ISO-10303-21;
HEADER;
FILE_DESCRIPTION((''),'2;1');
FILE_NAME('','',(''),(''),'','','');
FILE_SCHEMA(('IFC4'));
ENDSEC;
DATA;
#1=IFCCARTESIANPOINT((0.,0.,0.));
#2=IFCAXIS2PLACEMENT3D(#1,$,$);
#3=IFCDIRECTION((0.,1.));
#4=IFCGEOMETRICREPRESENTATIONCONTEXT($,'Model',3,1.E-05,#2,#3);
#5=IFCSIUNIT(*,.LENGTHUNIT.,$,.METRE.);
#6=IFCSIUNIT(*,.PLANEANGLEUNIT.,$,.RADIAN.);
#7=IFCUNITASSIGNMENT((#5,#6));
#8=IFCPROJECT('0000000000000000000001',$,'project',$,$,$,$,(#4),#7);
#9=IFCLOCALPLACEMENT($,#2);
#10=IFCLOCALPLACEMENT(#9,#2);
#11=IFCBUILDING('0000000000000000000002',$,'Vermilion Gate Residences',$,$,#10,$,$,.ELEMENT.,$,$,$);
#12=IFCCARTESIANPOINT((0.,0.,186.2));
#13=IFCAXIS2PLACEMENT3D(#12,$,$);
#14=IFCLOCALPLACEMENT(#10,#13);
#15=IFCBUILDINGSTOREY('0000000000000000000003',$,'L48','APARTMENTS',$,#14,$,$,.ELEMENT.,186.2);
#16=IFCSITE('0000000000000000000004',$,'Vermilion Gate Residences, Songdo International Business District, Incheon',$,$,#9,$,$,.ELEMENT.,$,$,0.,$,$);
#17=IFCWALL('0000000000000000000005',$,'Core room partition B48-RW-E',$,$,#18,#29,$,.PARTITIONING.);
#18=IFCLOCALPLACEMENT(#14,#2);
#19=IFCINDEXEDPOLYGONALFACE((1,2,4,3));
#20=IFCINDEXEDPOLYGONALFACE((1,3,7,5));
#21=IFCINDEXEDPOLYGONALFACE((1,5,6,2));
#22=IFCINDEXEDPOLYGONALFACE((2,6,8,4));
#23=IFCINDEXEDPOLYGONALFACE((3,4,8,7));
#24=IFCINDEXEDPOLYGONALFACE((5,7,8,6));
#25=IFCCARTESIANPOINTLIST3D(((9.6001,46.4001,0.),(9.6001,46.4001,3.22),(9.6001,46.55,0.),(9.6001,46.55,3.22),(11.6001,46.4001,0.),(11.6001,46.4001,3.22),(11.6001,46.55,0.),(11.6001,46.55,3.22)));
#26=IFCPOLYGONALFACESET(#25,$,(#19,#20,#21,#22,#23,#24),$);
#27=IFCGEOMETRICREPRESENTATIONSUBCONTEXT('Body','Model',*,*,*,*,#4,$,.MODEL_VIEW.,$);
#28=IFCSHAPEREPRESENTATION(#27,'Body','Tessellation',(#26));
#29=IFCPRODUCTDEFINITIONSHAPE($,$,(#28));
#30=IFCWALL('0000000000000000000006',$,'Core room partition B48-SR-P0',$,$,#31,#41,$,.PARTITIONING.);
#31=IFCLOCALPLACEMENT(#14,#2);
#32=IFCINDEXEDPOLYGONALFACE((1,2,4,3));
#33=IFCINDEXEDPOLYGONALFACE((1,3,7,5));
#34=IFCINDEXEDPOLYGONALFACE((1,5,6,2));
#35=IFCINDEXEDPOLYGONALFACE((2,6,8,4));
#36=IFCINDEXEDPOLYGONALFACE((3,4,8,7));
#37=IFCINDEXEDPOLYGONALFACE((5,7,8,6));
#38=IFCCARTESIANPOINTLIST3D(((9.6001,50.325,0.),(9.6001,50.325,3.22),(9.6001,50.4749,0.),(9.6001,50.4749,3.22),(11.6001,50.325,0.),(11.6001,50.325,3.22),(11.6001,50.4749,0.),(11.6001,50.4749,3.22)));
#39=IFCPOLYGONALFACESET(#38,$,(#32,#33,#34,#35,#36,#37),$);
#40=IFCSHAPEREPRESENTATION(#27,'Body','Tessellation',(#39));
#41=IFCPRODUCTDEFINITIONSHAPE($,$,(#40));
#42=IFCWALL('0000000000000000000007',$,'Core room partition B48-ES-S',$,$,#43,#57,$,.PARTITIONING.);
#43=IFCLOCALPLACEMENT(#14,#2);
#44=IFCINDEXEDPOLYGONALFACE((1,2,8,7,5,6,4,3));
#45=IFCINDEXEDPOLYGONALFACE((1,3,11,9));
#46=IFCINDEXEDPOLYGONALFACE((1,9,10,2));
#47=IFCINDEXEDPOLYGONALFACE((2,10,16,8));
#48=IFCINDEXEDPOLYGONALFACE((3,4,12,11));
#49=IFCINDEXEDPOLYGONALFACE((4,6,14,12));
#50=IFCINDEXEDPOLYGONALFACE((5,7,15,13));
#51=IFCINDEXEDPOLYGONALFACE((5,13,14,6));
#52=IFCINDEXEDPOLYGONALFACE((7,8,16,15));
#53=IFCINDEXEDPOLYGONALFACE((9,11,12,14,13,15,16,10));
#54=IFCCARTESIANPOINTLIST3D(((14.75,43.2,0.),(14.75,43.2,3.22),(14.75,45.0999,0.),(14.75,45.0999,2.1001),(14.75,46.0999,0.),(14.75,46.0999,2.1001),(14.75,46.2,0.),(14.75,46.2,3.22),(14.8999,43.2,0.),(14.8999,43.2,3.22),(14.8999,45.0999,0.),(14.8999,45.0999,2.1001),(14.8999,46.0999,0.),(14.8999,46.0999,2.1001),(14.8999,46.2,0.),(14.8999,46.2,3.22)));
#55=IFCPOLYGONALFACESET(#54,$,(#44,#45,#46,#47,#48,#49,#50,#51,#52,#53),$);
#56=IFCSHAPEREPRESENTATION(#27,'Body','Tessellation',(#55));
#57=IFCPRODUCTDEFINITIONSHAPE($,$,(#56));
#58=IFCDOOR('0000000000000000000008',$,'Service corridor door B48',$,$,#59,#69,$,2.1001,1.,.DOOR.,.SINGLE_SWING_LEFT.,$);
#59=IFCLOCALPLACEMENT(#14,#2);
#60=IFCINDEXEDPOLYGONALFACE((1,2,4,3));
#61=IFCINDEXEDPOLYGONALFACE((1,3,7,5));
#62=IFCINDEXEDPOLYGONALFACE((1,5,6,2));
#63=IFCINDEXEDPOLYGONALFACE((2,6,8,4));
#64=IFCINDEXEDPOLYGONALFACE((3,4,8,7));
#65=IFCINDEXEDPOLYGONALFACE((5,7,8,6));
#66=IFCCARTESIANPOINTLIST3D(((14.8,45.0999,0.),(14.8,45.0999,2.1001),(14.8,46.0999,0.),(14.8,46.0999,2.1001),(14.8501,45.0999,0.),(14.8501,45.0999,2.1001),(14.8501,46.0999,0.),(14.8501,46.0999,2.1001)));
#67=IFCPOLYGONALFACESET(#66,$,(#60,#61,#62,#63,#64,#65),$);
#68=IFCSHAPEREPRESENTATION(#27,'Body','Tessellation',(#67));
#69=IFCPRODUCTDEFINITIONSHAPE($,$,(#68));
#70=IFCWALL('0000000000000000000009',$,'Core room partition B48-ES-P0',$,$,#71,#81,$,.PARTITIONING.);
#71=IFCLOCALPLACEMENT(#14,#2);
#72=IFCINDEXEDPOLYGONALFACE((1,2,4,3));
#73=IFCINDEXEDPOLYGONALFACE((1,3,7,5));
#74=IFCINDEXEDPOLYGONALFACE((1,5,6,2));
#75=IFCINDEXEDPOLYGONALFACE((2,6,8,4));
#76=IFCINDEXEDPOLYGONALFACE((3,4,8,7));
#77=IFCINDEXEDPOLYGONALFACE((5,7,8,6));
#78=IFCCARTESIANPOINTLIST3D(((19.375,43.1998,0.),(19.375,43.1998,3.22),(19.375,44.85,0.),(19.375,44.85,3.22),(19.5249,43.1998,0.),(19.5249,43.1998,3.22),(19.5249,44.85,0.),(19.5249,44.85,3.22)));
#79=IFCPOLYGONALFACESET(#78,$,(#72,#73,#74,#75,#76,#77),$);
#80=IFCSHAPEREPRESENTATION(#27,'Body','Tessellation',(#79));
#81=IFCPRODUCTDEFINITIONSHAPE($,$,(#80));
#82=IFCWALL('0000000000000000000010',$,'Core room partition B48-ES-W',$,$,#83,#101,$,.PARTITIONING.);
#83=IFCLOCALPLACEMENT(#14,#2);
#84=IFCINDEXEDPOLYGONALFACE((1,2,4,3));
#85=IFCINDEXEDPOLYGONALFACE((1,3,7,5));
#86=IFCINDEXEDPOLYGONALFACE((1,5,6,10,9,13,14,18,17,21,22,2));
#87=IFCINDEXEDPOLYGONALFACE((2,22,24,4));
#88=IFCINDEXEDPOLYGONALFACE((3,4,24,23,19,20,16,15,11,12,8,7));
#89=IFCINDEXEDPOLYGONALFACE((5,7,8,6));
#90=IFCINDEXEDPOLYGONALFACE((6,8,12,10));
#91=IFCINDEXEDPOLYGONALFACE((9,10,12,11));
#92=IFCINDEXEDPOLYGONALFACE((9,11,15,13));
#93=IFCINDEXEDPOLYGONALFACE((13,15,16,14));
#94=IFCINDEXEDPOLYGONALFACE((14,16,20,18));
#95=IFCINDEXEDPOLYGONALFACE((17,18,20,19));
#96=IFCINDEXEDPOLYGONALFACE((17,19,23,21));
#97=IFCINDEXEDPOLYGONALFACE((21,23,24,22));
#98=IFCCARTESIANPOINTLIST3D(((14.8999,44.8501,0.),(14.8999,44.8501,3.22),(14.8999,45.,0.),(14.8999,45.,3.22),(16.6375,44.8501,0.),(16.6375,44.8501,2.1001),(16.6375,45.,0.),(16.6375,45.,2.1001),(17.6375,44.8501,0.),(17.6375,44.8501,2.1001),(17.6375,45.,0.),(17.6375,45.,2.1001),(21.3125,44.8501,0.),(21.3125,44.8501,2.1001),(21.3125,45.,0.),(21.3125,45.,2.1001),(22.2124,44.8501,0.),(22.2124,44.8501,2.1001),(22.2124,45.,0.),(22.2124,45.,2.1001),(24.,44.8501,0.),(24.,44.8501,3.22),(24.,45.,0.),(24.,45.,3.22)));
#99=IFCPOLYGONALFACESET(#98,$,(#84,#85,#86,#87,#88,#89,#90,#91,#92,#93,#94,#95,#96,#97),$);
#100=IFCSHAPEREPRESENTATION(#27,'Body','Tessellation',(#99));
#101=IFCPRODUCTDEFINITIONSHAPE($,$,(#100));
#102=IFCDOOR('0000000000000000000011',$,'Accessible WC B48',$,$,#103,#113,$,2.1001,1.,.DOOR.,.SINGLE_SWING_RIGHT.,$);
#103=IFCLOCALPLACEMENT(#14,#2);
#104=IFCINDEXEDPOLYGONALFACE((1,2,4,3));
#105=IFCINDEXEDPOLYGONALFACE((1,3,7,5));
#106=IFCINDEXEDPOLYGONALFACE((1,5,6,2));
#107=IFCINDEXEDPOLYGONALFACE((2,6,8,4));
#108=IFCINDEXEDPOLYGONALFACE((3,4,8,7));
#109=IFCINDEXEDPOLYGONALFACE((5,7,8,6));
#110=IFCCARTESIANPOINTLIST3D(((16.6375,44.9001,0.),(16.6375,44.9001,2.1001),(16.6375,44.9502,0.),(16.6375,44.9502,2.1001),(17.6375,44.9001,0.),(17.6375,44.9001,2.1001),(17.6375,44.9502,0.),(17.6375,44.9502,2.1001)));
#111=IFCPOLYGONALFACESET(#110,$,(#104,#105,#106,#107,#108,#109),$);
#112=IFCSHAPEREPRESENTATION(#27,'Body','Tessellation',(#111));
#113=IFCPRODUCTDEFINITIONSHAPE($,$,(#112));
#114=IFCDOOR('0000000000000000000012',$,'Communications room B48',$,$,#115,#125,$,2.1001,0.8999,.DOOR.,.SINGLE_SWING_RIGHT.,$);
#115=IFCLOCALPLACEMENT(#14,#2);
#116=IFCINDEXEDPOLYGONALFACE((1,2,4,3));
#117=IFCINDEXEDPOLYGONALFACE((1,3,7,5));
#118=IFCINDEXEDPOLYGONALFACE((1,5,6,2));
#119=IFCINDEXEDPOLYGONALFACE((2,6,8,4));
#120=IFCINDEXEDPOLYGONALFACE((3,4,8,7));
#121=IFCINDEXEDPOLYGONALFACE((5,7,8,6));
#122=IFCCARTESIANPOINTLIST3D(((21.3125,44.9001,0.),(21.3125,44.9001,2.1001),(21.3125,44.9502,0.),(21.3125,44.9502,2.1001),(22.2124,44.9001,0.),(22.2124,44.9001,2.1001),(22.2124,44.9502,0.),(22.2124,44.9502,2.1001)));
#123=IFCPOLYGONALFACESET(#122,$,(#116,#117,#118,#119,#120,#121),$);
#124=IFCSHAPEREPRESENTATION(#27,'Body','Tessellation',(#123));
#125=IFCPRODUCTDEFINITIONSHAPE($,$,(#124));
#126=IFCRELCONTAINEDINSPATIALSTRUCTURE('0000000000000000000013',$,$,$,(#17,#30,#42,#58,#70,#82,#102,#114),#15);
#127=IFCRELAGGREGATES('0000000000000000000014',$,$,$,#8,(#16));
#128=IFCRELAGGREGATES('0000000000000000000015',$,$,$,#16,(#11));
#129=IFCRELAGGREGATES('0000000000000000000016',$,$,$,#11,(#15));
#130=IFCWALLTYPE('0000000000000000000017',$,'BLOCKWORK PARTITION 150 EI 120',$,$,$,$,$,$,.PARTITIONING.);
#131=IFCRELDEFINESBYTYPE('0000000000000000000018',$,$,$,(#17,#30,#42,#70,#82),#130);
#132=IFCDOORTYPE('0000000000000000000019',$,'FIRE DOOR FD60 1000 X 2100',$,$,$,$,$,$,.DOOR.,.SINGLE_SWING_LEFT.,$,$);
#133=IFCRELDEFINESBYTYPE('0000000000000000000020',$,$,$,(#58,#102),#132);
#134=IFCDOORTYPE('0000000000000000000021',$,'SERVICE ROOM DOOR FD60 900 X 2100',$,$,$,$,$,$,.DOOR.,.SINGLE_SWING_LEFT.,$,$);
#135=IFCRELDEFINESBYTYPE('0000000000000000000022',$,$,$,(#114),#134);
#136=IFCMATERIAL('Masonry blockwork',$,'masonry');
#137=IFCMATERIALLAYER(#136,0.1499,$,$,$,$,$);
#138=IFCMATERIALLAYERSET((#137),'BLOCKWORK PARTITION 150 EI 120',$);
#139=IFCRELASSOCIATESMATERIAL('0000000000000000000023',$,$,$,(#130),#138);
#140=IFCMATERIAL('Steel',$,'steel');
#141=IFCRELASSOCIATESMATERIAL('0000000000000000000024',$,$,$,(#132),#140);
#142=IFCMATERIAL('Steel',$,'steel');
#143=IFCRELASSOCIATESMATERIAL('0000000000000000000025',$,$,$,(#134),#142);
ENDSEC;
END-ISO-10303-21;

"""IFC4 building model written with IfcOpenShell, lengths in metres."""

from ifc_helpers import new_model, si_unit, direction, frame, frame_2d, origin, place, context, subcontext, project, spatial, rectangle, extrude, material, layer, layer_set, type_object, element, fill, save


model = new_model("IFC4")

# Units and contexts
model_context = context("Model", 3, precision=1e-05, world=origin(), true_north=direction((0.0, 1.0)))
body_context = subcontext(model_context, "Body", "Model", "MODEL_VIEW")
ifc_project = project(units=[si_unit("LENGTHUNIT", "METRE"), si_unit("PLANEANGLEUNIT", "RADIAN")], contexts=[model_context])

# Site, building, storey
site_placement = place(None, origin())
site = spatial("IfcSite", under=ifc_project, at=site_placement, Name="Vermilion Gate Residences, Songdo International Business District, Incheon", CompositionType="ELEMENT", RefElevation=0.0)
building_placement = place(site_placement, origin())
building = spatial("IfcBuilding", under=site, at=building_placement, Name="Vermilion Gate Residences", CompositionType="ELEMENT")
storey_placement = place(building_placement, frame((0.0, 0.0, 186.2)))
storey = spatial("IfcBuildingStorey", under=building, at=storey_placement, Name="L48", Description="APARTMENTS", CompositionType="ELEMENT", Elevation=186.2)

# Walls
ifc_material_1 = material(Name="Masonry blockwork", Category="masonry")
ifc_layer_1 = layer(ifc_material_1, 0.1499)
ifc_layer_set_1 = layer_set([ifc_layer_1], Name="BLOCKWORK PARTITION 150 EI 120")
wall_type_1 = type_object("IfcWallType", Name="BLOCKWORK PARTITION 150 EI 120", PredefinedType="PARTITIONING", material=ifc_layer_set_1)
for number, where, z_axis, x_axis, name in (
    (1, (9.6001, 46.4751, 0.0), (0.0, 0.0, 1.0), (1.0, 0.0, 0.0), "Core room partition B48-RW-E"),
    (2, (9.6001, 50.3999, 0.0), (0.0, 0.0, 1.0), (1.0, 0.0, 0.0), "Core room partition B48-SR-P0"),
):
    element("IfcWall", number, at=place(storey_placement, frame(where, z_axis=z_axis, x_axis=x_axis)), inside=storey, type_object=wall_type_1, Name=name, PredefinedType="PARTITIONING", context=body_context, shape_type="SweptSolid", body=[
        extrude(rectangle(XDim=2.0, YDim=0.1499, at=frame_2d((1.0, 0.0))), origin(), (0.0, 0.0, 1.0), 3.22),
    ])

# Wall, opening, door
wall_1_placement = place(storey_placement, frame((14.825, 46.2, 0.0), z_axis=(0.0, 0.0, 1.0), x_axis=(0.0, -1.0, 0.0)))
wall_1 = element("IfcWall", 3, at=wall_1_placement, inside=storey, type_object=wall_type_1, Name="Core room partition B48-ES-S", PredefinedType="PARTITIONING", context=body_context, shape_type="SweptSolid", body=[
    extrude(rectangle(XDim=3.0, YDim=0.1499, at=frame_2d((1.5, 0.0))), origin(), (0.0, 0.0, 1.0), 3.22),
])
opening_1_placement = place(wall_1_placement, frame((0.1001, 0.0, 0.0)))
opening_1 = element("IfcOpeningElement", 4, at=opening_1_placement, cuts=wall_1, PredefinedType="OPENING", context=body_context, shape_type="SweptSolid", body=[
    extrude(rectangle(XDim=1.0, YDim=2.1001, at=frame_2d((0.5, 1.05))), frame((0.0, 0.085, 0.0), z_axis=(0.0, -1.0, 0.0), x_axis=(1.0, 0.0, 0.0)), (0.0, 0.0, 1.0), 0.1699),
])
ifc_material_2 = material(Name="Steel", Category="steel")
door_type_1 = type_object("IfcDoorType", Name="FIRE DOOR FD60 1000 X 2100", OperationType="SINGLE_SWING_LEFT", PredefinedType="DOOR", material=ifc_material_2)
door_1_placement = place(opening_1_placement, frame((1.0, 0.0, 0.0), z_axis=(0.0, 0.0, 1.0), x_axis=(-1.0, 0.0, 0.0)))
door_1 = element("IfcDoor", 5, at=door_1_placement, inside=storey, type_object=door_type_1, Name="Service corridor door B48", OperationType="SINGLE_SWING_LEFT", OverallHeight=2.1001, OverallWidth=1.0, PredefinedType="DOOR", context=body_context, shape_type="SweptSolid", body=[
    extrude(rectangle(XDim=1.0, YDim=2.1001, at=frame_2d((0.5, 1.05))), frame((0.0, 0.0249, 0.0), z_axis=(0.0, -1.0, 0.0), x_axis=(1.0, 0.0, 0.0)), (0.0, 0.0, 1.0), 0.05),
])
fill(opening_1, door_1)

# Wall
wall_2_placement = place(storey_placement, frame((19.45, 44.8501, 0.0), z_axis=(0.0, 0.0, 1.0), x_axis=(0.0, -1.0, 0.0)))
element("IfcWall", 6, at=wall_2_placement, inside=storey, type_object=wall_type_1, Name="Core room partition B48-ES-P0", PredefinedType="PARTITIONING", context=body_context, shape_type="SweptSolid", body=[
    extrude(rectangle(XDim=1.6501, YDim=0.1499, at=frame_2d((0.8252, 0.0))), origin(), (0.0, 0.0, 1.0), 3.22),
])

# Wall, openings, doors
wall_3_placement = place(storey_placement, frame((14.8999, 44.925, 0.0), z_axis=(0.0, 0.0, 1.0), x_axis=(1.0, 0.0, 0.0)))
wall_3 = element("IfcWall", 7, at=wall_3_placement, inside=storey, type_object=wall_type_1, Name="Core room partition B48-ES-W", PredefinedType="PARTITIONING", context=body_context, shape_type="SweptSolid", body=[
    extrude(rectangle(XDim=9.1001, YDim=0.1499, at=frame_2d((4.55, 0.0))), origin(), (0.0, 0.0, 1.0), 3.22),
])
opening_2_placement = place(wall_3_placement, frame((1.7375, 0.0, 0.0)))
opening_2 = element("IfcOpeningElement", 8, at=opening_2_placement, cuts=wall_3, PredefinedType="OPENING", context=body_context, shape_type="SweptSolid", body=[
    extrude(rectangle(XDim=1.0, YDim=2.1001, at=frame_2d((0.5, 1.05))), frame((0.0, 0.085, 0.0), z_axis=(0.0, -1.0, 0.0), x_axis=(1.0, 0.0, 0.0)), (0.0, 0.0, 1.0), 0.1699),
])
opening_3_placement = place(wall_3_placement, frame((6.4126, 0.0, 0.0)))
opening_3 = element("IfcOpeningElement", 9, at=opening_3_placement, cuts=wall_3, PredefinedType="OPENING", context=body_context, shape_type="SweptSolid", body=[
    extrude(rectangle(XDim=0.8999, YDim=2.1001, at=frame_2d((0.45, 1.05))), frame((0.0, 0.085, 0.0), z_axis=(0.0, -1.0, 0.0), x_axis=(1.0, 0.0, 0.0)), (0.0, 0.0, 1.0), 0.1699),
])
door_2_placement = place(opening_2_placement, frame((1.0, 0.0, 0.0), z_axis=(0.0, 0.0, 1.0), x_axis=(-1.0, 0.0, 0.0)))
door_2 = element("IfcDoor", 10, at=door_2_placement, inside=storey, type_object=door_type_1, Name="Accessible WC B48", OperationType="SINGLE_SWING_RIGHT", OverallHeight=2.1001, OverallWidth=1.0, PredefinedType="DOOR", context=body_context, shape_type="SweptSolid", body=[
    extrude(rectangle(XDim=1.0, YDim=2.1001, at=frame_2d((0.5, 1.05))), frame((0.0, 0.0249, 0.0), z_axis=(0.0, -1.0, 0.0), x_axis=(1.0, 0.0, 0.0)), (0.0, 0.0, 1.0), 0.05),
])
fill(opening_2, door_2)
ifc_material_3 = material(Name="Steel", Category="steel")
door_type_2 = type_object("IfcDoorType", Name="SERVICE ROOM DOOR FD60 900 X 2100", OperationType="SINGLE_SWING_LEFT", PredefinedType="DOOR", material=ifc_material_3)
door_3_placement = place(opening_3_placement, frame((0.8999, 0.0, 0.0), z_axis=(0.0, 0.0, 1.0), x_axis=(-1.0, 0.0, 0.0)))
door_3 = element("IfcDoor", 11, at=door_3_placement, inside=storey, type_object=door_type_2, Name="Communications room B48", OperationType="SINGLE_SWING_RIGHT", OverallHeight=2.1001, OverallWidth=0.8999, PredefinedType="DOOR", context=body_context, shape_type="SweptSolid", body=[
    extrude(rectangle(XDim=0.8999, YDim=2.1001, at=frame_2d((0.45, 1.05))), frame((0.0, 0.0249, 0.0), z_axis=(0.0, -1.0, 0.0), x_axis=(1.0, 0.0, 0.0)), (0.0, 0.0, 1.0), 0.05),
])
fill(opening_3, door_3)

save(model, "model.ifc")
